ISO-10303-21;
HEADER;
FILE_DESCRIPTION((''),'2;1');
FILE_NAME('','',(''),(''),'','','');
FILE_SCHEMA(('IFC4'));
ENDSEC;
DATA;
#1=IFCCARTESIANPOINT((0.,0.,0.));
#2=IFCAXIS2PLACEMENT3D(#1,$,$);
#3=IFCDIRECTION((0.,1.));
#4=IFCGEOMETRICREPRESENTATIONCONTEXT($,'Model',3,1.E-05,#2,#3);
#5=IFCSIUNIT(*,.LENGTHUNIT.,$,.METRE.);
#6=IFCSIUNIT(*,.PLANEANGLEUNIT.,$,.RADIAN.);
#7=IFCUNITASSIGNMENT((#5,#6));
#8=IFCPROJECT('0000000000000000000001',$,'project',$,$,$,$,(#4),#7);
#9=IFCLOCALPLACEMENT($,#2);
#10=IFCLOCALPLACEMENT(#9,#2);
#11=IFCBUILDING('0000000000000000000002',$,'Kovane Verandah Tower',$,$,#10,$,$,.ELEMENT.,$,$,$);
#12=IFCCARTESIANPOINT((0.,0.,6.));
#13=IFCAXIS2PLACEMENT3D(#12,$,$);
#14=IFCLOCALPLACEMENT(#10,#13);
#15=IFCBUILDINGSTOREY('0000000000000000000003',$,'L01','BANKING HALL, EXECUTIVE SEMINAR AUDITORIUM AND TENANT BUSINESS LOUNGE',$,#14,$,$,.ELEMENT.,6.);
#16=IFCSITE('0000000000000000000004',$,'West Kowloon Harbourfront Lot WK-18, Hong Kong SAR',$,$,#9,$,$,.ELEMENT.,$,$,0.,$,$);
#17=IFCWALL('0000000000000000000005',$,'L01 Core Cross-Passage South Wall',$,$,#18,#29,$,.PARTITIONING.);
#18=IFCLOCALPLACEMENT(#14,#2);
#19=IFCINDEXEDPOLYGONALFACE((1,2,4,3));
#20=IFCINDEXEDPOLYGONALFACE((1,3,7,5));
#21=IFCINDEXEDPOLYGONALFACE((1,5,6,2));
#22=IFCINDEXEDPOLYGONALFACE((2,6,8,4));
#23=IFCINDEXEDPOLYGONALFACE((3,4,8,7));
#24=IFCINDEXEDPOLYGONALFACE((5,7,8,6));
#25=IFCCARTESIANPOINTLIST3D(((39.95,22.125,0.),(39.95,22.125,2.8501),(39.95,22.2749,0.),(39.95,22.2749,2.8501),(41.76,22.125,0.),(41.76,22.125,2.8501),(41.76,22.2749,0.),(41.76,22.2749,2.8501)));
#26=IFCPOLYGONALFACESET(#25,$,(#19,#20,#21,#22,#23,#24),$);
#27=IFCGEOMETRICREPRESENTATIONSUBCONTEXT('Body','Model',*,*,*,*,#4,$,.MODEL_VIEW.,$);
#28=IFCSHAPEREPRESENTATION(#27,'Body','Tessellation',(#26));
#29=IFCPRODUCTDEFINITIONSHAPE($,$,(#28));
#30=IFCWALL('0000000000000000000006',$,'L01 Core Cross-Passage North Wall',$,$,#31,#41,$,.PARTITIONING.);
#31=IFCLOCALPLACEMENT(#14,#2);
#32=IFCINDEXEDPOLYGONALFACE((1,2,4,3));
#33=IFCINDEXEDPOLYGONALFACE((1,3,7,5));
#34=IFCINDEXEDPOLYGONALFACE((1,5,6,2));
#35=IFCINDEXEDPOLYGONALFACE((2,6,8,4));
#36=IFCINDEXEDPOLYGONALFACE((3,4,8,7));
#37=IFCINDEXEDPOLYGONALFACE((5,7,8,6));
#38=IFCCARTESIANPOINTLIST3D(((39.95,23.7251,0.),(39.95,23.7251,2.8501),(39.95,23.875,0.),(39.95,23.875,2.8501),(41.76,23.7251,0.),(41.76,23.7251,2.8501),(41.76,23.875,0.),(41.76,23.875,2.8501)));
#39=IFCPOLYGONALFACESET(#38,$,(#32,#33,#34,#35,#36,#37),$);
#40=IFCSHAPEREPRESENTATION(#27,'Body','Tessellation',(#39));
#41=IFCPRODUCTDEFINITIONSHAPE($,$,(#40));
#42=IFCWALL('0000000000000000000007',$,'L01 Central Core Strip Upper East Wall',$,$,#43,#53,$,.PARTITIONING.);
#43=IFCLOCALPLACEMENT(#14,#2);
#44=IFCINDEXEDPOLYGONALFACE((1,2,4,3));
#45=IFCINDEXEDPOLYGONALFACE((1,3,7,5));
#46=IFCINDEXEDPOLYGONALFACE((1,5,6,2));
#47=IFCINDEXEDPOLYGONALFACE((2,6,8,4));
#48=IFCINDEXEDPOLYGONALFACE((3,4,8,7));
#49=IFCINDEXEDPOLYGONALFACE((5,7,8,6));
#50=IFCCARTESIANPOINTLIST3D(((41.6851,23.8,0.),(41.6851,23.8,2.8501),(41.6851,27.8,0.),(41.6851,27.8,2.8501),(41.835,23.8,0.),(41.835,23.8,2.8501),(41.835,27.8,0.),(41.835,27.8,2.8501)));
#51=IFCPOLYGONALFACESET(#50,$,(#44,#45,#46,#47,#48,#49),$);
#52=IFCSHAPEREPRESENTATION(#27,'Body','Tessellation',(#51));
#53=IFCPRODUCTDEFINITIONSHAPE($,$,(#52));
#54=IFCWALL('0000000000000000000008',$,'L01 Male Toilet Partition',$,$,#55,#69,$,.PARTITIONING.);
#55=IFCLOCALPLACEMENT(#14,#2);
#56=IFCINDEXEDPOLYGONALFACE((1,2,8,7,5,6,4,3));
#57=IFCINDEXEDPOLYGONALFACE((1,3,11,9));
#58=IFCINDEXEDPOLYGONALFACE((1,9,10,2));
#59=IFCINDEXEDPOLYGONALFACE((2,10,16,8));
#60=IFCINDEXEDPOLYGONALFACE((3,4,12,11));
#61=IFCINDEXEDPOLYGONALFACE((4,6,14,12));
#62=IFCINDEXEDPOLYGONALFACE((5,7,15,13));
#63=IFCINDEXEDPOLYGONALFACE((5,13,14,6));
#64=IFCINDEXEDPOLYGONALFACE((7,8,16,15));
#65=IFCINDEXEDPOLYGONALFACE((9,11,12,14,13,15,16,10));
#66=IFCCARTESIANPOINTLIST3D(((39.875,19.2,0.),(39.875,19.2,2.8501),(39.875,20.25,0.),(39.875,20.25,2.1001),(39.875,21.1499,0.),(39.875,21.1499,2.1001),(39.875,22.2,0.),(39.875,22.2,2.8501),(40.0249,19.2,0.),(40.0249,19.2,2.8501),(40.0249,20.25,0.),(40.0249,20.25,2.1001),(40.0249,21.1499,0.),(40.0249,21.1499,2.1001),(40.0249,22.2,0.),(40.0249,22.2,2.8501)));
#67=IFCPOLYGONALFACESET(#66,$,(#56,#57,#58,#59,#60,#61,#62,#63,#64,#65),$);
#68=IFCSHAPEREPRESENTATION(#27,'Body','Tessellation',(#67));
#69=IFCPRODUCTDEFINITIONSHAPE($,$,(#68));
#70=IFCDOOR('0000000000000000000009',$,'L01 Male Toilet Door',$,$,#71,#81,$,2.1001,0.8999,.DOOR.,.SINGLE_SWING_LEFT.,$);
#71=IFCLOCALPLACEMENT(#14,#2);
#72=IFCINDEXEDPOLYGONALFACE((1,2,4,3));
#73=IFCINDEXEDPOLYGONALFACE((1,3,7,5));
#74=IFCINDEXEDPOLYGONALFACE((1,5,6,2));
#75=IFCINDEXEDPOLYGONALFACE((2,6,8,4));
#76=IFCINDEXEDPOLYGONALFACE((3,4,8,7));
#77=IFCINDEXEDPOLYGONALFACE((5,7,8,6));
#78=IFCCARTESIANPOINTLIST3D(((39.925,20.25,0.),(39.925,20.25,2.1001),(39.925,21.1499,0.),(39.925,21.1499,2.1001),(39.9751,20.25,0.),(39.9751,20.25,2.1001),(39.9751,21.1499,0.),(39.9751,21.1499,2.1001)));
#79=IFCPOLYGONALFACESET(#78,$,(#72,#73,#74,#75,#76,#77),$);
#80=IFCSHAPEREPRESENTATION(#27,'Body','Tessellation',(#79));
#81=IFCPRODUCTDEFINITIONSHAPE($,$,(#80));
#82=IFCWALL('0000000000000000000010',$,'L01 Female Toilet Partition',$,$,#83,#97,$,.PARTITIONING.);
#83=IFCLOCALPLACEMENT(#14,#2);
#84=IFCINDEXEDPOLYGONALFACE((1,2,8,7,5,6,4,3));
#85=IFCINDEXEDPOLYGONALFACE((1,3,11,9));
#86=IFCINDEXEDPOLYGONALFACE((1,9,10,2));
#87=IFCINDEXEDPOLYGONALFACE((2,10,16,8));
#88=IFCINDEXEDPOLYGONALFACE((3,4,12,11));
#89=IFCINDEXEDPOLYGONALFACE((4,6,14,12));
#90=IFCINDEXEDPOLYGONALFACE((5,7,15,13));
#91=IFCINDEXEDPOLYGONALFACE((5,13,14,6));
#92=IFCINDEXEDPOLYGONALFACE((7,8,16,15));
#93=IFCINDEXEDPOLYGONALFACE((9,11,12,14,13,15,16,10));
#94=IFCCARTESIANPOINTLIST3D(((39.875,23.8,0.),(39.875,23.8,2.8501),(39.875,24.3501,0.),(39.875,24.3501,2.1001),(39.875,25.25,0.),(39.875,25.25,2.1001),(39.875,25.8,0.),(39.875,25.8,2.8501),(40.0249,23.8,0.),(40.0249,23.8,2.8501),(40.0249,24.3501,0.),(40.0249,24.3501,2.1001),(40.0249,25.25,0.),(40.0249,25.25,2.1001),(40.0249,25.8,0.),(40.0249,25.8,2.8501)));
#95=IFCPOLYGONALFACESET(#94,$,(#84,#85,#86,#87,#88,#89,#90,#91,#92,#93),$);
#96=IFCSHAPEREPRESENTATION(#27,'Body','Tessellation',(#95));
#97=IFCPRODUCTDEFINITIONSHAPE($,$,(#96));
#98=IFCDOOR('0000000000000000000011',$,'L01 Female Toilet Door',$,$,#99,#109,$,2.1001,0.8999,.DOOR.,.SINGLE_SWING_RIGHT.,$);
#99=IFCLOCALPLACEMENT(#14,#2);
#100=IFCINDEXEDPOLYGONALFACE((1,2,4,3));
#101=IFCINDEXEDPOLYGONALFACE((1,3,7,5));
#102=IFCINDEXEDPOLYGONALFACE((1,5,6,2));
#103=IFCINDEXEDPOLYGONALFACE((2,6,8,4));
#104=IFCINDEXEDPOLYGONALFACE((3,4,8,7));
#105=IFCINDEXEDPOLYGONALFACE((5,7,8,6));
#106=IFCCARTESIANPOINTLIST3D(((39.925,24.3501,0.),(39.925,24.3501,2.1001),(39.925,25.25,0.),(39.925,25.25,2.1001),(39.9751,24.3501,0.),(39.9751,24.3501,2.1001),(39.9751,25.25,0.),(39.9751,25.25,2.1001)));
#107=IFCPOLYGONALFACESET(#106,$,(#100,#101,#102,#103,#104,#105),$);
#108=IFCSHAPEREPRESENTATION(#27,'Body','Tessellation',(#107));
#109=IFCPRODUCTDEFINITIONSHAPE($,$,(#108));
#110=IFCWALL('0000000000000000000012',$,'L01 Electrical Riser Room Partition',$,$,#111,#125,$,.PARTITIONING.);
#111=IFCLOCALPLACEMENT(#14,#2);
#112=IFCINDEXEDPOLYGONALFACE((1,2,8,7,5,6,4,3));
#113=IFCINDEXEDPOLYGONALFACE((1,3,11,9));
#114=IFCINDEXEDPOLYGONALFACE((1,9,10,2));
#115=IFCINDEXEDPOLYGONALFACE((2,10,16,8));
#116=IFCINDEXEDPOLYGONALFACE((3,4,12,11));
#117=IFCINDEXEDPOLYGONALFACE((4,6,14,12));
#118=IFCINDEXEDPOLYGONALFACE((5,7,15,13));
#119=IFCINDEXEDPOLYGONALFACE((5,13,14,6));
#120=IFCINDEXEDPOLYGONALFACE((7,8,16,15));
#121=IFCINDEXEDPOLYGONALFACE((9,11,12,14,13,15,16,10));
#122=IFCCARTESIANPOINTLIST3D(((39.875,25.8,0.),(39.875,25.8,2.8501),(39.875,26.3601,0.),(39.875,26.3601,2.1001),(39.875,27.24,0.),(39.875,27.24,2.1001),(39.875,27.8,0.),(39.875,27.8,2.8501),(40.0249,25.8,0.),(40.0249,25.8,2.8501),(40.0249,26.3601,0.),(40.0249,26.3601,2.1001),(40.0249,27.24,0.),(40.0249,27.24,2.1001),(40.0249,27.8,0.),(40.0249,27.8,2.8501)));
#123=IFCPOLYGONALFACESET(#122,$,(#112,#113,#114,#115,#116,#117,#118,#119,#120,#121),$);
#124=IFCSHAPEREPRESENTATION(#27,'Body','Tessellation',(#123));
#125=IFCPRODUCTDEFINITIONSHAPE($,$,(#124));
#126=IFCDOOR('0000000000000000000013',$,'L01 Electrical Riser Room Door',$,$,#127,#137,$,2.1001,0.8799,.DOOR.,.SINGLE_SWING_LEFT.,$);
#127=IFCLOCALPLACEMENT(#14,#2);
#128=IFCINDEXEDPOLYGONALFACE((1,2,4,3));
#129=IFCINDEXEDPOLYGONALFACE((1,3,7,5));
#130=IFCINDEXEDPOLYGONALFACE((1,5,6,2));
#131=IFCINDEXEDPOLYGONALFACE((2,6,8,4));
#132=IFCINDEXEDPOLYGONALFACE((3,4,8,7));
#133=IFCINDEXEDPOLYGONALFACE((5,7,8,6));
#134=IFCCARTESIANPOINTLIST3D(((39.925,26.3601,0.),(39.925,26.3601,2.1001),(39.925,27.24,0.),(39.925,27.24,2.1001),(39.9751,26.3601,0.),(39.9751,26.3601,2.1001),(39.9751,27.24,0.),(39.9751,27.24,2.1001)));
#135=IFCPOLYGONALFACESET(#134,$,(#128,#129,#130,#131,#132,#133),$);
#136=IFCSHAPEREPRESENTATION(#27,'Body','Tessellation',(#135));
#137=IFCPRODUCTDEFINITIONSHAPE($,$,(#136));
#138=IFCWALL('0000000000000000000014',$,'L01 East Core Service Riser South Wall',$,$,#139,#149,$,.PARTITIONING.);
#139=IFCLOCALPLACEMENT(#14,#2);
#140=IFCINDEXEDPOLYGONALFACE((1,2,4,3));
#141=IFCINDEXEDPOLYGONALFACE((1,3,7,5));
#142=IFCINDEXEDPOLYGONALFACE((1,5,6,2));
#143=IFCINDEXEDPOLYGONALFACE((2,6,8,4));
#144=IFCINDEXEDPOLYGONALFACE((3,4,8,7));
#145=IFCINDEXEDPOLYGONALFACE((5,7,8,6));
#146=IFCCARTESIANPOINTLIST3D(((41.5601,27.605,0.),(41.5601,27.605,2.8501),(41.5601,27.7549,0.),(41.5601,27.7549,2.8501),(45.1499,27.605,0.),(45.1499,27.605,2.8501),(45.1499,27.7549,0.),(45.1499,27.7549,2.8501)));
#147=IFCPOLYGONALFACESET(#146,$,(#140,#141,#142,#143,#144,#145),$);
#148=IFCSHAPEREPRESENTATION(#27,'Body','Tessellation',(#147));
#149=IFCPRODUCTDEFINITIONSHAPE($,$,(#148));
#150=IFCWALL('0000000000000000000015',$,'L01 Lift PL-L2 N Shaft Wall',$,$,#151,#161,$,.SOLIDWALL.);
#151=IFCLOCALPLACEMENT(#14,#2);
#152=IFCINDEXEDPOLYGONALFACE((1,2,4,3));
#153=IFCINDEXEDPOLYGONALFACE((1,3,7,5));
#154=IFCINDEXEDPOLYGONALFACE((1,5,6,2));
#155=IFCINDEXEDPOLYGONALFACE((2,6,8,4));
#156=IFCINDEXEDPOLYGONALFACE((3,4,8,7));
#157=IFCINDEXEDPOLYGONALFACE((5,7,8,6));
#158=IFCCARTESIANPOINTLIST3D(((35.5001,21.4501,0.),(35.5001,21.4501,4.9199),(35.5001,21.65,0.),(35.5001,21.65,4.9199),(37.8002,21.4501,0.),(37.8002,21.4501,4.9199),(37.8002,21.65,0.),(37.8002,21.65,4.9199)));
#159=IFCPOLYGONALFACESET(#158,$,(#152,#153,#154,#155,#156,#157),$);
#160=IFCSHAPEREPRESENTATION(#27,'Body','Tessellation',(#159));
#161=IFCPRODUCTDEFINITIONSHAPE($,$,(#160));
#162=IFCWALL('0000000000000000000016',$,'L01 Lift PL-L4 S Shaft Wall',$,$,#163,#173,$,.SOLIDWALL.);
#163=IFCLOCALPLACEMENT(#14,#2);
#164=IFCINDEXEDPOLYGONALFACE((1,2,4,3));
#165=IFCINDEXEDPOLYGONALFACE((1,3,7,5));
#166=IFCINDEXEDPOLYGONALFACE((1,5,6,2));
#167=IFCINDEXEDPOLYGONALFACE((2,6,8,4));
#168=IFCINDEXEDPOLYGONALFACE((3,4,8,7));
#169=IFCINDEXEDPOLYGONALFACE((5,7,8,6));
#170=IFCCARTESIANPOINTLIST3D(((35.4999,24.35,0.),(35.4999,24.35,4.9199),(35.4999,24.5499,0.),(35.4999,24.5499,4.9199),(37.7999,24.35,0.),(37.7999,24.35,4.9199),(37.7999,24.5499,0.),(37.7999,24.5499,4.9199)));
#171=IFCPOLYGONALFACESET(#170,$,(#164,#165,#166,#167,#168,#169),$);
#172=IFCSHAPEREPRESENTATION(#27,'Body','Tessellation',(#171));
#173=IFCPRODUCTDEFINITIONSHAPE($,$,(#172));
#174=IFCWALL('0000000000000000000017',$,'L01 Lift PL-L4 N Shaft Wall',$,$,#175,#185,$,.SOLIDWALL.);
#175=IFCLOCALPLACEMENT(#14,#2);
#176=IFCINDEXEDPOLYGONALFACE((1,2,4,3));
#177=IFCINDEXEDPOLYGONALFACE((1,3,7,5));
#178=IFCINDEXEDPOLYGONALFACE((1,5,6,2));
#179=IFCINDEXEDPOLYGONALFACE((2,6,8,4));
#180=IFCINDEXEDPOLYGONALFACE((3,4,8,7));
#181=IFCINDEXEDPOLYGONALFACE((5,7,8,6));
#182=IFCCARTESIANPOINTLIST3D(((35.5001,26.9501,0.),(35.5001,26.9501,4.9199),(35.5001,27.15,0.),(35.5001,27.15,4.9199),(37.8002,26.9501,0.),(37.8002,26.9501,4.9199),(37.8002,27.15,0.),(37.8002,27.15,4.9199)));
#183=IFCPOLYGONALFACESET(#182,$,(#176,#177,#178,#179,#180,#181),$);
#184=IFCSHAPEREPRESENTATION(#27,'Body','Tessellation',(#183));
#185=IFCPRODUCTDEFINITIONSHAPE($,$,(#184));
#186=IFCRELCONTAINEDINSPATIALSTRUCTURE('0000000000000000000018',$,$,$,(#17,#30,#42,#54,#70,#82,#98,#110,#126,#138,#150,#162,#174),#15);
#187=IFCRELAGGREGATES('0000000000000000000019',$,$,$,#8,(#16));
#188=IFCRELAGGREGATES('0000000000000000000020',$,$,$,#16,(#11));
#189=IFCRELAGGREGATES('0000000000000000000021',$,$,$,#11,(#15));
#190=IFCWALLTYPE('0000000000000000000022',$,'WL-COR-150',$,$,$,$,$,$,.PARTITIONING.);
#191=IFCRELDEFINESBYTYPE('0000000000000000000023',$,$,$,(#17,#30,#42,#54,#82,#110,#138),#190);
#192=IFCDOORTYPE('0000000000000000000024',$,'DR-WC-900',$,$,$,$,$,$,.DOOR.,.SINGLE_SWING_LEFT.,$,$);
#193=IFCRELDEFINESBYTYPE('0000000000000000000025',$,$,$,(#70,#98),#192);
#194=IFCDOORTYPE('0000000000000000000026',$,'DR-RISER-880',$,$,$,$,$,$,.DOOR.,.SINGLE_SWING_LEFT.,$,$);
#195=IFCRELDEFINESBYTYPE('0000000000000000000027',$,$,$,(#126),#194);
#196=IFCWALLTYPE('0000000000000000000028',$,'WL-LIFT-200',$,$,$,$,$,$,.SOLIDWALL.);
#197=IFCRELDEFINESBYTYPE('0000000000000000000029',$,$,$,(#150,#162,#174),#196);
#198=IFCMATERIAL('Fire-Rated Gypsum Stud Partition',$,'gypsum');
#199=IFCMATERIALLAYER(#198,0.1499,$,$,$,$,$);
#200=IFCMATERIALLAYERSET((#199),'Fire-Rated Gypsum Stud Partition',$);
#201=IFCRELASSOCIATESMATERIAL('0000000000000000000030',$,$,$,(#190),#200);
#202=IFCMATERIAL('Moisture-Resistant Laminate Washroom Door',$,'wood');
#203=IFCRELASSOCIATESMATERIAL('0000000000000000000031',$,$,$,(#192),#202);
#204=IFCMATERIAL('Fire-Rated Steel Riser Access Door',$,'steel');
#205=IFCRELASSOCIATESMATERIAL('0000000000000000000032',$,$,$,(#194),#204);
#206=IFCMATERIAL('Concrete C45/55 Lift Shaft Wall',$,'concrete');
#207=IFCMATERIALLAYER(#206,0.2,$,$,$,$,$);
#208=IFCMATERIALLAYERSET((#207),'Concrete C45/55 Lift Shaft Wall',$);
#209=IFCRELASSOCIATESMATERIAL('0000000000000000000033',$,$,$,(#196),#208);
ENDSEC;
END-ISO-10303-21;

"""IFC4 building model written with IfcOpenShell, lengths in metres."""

from ifc_helpers import new_model, si_unit, direction, frame, frame_2d, origin, place, context, subcontext, project, spatial, rectangle, extrude, material, layer, layer_set, type_object, element, fill, save


model = new_model("IFC4")

# Units and contexts
model_context = context("Model", 3, precision=1e-05, world=origin(), true_north=direction((0.0, 1.0)))
body_context = subcontext(model_context, "Body", "Model", "MODEL_VIEW")
ifc_project = project(units=[si_unit("LENGTHUNIT", "METRE"), si_unit("PLANEANGLEUNIT", "RADIAN")], contexts=[model_context])

# Site, building, storey
site_placement = place(None, origin())
site = spatial("IfcSite", under=ifc_project, at=site_placement, Name="West Kowloon Harbourfront Lot WK-18, Hong Kong SAR", CompositionType="ELEMENT", RefElevation=0.0)
building_placement = place(site_placement, origin())
building = spatial("IfcBuilding", under=site, at=building_placement, Name="Kovane Verandah Tower", CompositionType="ELEMENT")
storey_placement = place(building_placement, frame((0.0, 0.0, 6.0)))
storey = spatial("IfcBuildingStorey", under=building, at=storey_placement, Name="L01", Description="BANKING HALL, EXECUTIVE SEMINAR AUDITORIUM AND TENANT BUSINESS LOUNGE", CompositionType="ELEMENT", Elevation=6.0)

# Walls
ifc_material_1 = material(Name="Fire-Rated Gypsum Stud Partition", Category="gypsum")
ifc_layer_1 = layer(ifc_material_1, 0.1499)
ifc_layer_set_1 = layer_set([ifc_layer_1], Name="Fire-Rated Gypsum Stud Partition")
wall_type_1 = type_object("IfcWallType", Name="WL-COR-150", PredefinedType="PARTITIONING", material=ifc_layer_set_1)
for number, where, z_axis, x_axis, name in (
    (1, (39.95, 22.2, 0.0), (0.0, 0.0, 1.0), (1.0, 0.0, 0.0), "L01 Core Cross-Passage South Wall"),
    (2, (39.95, 23.8, 0.0), (0.0, 0.0, 1.0), (1.0, 0.0, 0.0), "L01 Core Cross-Passage North Wall"),
):
    element("IfcWall", number, at=place(storey_placement, frame(where, z_axis=z_axis, x_axis=x_axis)), inside=storey, type_object=wall_type_1, Name=name, PredefinedType="PARTITIONING", context=body_context, shape_type="SweptSolid", body=[
        extrude(rectangle(XDim=1.8101, YDim=0.1499, at=frame_2d((0.905, 0.0))), origin(), (0.0, 0.0, 1.0), 2.8501),
    ])
wall_1_placement = place(storey_placement, frame((41.76, 23.8, 0.0), z_axis=(0.0, 0.0, 1.0), x_axis=(0.0, 1.0, 0.0)))
element("IfcWall", 3, at=wall_1_placement, inside=storey, type_object=wall_type_1, Name="L01 Central Core Strip Upper East Wall", PredefinedType="PARTITIONING", context=body_context, shape_type="SweptSolid", body=[
    extrude(rectangle(XDim=4.0, YDim=0.1499, at=frame_2d((2.0, 0.0))), origin(), (0.0, 0.0, 1.0), 2.8501),
])

# Walls, openings, doors
wall_2_placement = place(storey_placement, frame((39.95, 19.2, 0.0), z_axis=(0.0, 0.0, 1.0), x_axis=(0.0, 1.0, 0.0)))
wall_2 = element("IfcWall", 4, at=wall_2_placement, inside=storey, type_object=wall_type_1, Name="L01 Male Toilet Partition", PredefinedType="PARTITIONING", context=body_context, shape_type="SweptSolid", body=[
    extrude(rectangle(XDim=3.0, YDim=0.1499, at=frame_2d((1.5, 0.0))), origin(), (0.0, 0.0, 1.0), 2.8501),
])
opening_1_placement = place(wall_2_placement, frame((1.05, 0.0, 0.0)))
opening_1 = element("IfcOpeningElement", 5, at=opening_1_placement, cuts=wall_2, PredefinedType="OPENING", context=body_context, shape_type="SweptSolid", body=[
    extrude(rectangle(XDim=0.8999, YDim=2.1001, at=frame_2d((0.45, 1.05))), frame((0.0, 0.075, 0.0), z_axis=(0.0, -1.0, 0.0), x_axis=(1.0, 0.0, 0.0)), (0.0, 0.0, 1.0), 0.1499),
])
ifc_material_2 = material(Name="Moisture-Resistant Laminate Washroom Door", Category="wood")
door_type_1 = type_object("IfcDoorType", Name="DR-WC-900", OperationType="SINGLE_SWING_LEFT", PredefinedType="DOOR", material=ifc_material_2)
door_1_placement = place(opening_1_placement, origin())
door_1 = element("IfcDoor", 6, at=door_1_placement, inside=storey, type_object=door_type_1, Name="L01 Male Toilet Door", OperationType="SINGLE_SWING_LEFT", OverallHeight=2.1001, OverallWidth=0.8999, PredefinedType="DOOR", context=body_context, shape_type="SweptSolid", body=[
    extrude(rectangle(XDim=0.8999, YDim=2.1001, at=frame_2d((0.45, 1.05))), frame((0.0, 0.0249, 0.0), z_axis=(0.0, -1.0, 0.0), x_axis=(1.0, 0.0, 0.0)), (0.0, 0.0, 1.0), 0.05),
])
fill(opening_1, door_1)
wall_3_placement = place(storey_placement, frame((39.95, 23.8, 0.0), z_axis=(0.0, 0.0, 1.0), x_axis=(0.0, 1.0, 0.0)))
wall_3 = element("IfcWall", 7, at=wall_3_placement, inside=storey, type_object=wall_type_1, Name="L01 Female Toilet Partition", PredefinedType="PARTITIONING", context=body_context, shape_type="SweptSolid", body=[
    extrude(rectangle(XDim=2.0, YDim=0.1499, at=frame_2d((1.0, 0.0))), origin(), (0.0, 0.0, 1.0), 2.8501),
])
opening_2_placement = place(wall_3_placement, frame((0.55, 0.0, 0.0)))
opening_2 = element("IfcOpeningElement", 8, at=opening_2_placement, cuts=wall_3, PredefinedType="OPENING", context=body_context, shape_type="SweptSolid", body=[
    extrude(rectangle(XDim=0.8999, YDim=2.1001, at=frame_2d((0.45, 1.05))), frame((0.0, 0.075, 0.0), z_axis=(0.0, -1.0, 0.0), x_axis=(1.0, 0.0, 0.0)), (0.0, 0.0, 1.0), 0.1499),
])
door_2_placement = place(opening_2_placement, origin())
door_2 = element("IfcDoor", 9, at=door_2_placement, inside=storey, type_object=door_type_1, Name="L01 Female Toilet Door", OperationType="SINGLE_SWING_RIGHT", OverallHeight=2.1001, OverallWidth=0.8999, PredefinedType="DOOR", context=body_context, shape_type="SweptSolid", body=[
    extrude(rectangle(XDim=0.8999, YDim=2.1001, at=frame_2d((0.45, 1.05))), frame((0.0, 0.0249, 0.0), z_axis=(0.0, -1.0, 0.0), x_axis=(1.0, 0.0, 0.0)), (0.0, 0.0, 1.0), 0.05),
])
fill(opening_2, door_2)
wall_4_placement = place(storey_placement, frame((39.95, 25.8, 0.0), z_axis=(0.0, 0.0, 1.0), x_axis=(0.0, 1.0, 0.0)))
wall_4 = element("IfcWall", 10, at=wall_4_placement, inside=storey, type_object=wall_type_1, Name="L01 Electrical Riser Room Partition", PredefinedType="PARTITIONING", context=body_context, shape_type="SweptSolid", body=[
    extrude(rectangle(XDim=2.0, YDim=0.1499, at=frame_2d((1.0, 0.0))), origin(), (0.0, 0.0, 1.0), 2.8501),
])
opening_3_placement = place(wall_4_placement, frame((0.5601, 0.0, 0.0)))
opening_3 = element("IfcOpeningElement", 11, at=opening_3_placement, cuts=wall_4, PredefinedType="OPENING", context=body_context, shape_type="SweptSolid", body=[
    extrude(rectangle(XDim=0.8799, YDim=2.1001, at=frame_2d((0.4399, 1.05))), frame((0.0, 0.075, 0.0), z_axis=(0.0, -1.0, 0.0), x_axis=(1.0, 0.0, 0.0)), (0.0, 0.0, 1.0), 0.1499),
])
ifc_material_3 = material(Name="Fire-Rated Steel Riser Access Door", Category="steel")
door_type_2 = type_object("IfcDoorType", Name="DR-RISER-880", OperationType="SINGLE_SWING_LEFT", PredefinedType="DOOR", material=ifc_material_3)
door_3_placement = place(opening_3_placement, origin())
door_3 = element("IfcDoor", 12, at=door_3_placement, inside=storey, type_object=door_type_2, Name="L01 Electrical Riser Room Door", OperationType="SINGLE_SWING_LEFT", OverallHeight=2.1001, OverallWidth=0.8799, PredefinedType="DOOR", context=body_context, shape_type="SweptSolid", body=[
    extrude(rectangle(XDim=0.8799, YDim=2.1001, at=frame_2d((0.4399, 1.05))), frame((0.0, 0.0249, 0.0), z_axis=(0.0, -1.0, 0.0), x_axis=(1.0, 0.0, 0.0)), (0.0, 0.0, 1.0), 0.05),
])
fill(opening_3, door_3)

# Wall
wall_5_placement = place(storey_placement, frame((41.5601, 27.6799, 0.0), z_axis=(0.0, 0.0, 1.0), x_axis=(1.0, 0.0, 0.0)))
element("IfcWall", 13, at=wall_5_placement, inside=storey, type_object=wall_type_1, Name="L01 East Core Service Riser South Wall", PredefinedType="PARTITIONING", context=body_context, shape_type="SweptSolid", body=[
    extrude(rectangle(XDim=3.5898, YDim=0.1499, at=frame_2d((1.7949, 0.0))), origin(), (0.0, 0.0, 1.0), 2.8501),
])

# Walls
ifc_material_4 = material(Name="Concrete C45/55 Lift Shaft Wall", Category="concrete")
ifc_layer_2 = layer(ifc_material_4, 0.2)
ifc_layer_set_2 = layer_set([ifc_layer_2], Name="Concrete C45/55 Lift Shaft Wall")
wall_type_2 = type_object("IfcWallType", Name="WL-LIFT-200", PredefinedType="SOLIDWALL", material=ifc_layer_set_2)
for number, where, z_axis, x_axis, name in (
    (14, (37.8, 21.55, 0.0), (0.0, 0.0, 1.0), (-1.0, 0.0, 0.0), "L01 Lift PL-L2 N Shaft Wall"),
    (15, (35.5, 24.45, 0.0), (0.0, 0.0, 1.0), (1.0, 0.0, 0.0), "L01 Lift PL-L4 S Shaft Wall"),
    (16, (37.8, 27.05, 0.0), (0.0, 0.0, 1.0), (-1.0, 0.0, 0.0), "L01 Lift PL-L4 N Shaft Wall"),
):
    element("IfcWall", number, at=place(storey_placement, frame(where, z_axis=z_axis, x_axis=x_axis)), inside=storey, type_object=wall_type_2, Name=name, PredefinedType="SOLIDWALL", context=body_context, shape_type="SweptSolid", body=[
        extrude(rectangle(XDim=2.3, YDim=0.2, at=frame_2d((1.1499, 0.0))), origin(), (0.0, 0.0, 1.0), 4.9199),
    ])

save(model, "model.ifc")
